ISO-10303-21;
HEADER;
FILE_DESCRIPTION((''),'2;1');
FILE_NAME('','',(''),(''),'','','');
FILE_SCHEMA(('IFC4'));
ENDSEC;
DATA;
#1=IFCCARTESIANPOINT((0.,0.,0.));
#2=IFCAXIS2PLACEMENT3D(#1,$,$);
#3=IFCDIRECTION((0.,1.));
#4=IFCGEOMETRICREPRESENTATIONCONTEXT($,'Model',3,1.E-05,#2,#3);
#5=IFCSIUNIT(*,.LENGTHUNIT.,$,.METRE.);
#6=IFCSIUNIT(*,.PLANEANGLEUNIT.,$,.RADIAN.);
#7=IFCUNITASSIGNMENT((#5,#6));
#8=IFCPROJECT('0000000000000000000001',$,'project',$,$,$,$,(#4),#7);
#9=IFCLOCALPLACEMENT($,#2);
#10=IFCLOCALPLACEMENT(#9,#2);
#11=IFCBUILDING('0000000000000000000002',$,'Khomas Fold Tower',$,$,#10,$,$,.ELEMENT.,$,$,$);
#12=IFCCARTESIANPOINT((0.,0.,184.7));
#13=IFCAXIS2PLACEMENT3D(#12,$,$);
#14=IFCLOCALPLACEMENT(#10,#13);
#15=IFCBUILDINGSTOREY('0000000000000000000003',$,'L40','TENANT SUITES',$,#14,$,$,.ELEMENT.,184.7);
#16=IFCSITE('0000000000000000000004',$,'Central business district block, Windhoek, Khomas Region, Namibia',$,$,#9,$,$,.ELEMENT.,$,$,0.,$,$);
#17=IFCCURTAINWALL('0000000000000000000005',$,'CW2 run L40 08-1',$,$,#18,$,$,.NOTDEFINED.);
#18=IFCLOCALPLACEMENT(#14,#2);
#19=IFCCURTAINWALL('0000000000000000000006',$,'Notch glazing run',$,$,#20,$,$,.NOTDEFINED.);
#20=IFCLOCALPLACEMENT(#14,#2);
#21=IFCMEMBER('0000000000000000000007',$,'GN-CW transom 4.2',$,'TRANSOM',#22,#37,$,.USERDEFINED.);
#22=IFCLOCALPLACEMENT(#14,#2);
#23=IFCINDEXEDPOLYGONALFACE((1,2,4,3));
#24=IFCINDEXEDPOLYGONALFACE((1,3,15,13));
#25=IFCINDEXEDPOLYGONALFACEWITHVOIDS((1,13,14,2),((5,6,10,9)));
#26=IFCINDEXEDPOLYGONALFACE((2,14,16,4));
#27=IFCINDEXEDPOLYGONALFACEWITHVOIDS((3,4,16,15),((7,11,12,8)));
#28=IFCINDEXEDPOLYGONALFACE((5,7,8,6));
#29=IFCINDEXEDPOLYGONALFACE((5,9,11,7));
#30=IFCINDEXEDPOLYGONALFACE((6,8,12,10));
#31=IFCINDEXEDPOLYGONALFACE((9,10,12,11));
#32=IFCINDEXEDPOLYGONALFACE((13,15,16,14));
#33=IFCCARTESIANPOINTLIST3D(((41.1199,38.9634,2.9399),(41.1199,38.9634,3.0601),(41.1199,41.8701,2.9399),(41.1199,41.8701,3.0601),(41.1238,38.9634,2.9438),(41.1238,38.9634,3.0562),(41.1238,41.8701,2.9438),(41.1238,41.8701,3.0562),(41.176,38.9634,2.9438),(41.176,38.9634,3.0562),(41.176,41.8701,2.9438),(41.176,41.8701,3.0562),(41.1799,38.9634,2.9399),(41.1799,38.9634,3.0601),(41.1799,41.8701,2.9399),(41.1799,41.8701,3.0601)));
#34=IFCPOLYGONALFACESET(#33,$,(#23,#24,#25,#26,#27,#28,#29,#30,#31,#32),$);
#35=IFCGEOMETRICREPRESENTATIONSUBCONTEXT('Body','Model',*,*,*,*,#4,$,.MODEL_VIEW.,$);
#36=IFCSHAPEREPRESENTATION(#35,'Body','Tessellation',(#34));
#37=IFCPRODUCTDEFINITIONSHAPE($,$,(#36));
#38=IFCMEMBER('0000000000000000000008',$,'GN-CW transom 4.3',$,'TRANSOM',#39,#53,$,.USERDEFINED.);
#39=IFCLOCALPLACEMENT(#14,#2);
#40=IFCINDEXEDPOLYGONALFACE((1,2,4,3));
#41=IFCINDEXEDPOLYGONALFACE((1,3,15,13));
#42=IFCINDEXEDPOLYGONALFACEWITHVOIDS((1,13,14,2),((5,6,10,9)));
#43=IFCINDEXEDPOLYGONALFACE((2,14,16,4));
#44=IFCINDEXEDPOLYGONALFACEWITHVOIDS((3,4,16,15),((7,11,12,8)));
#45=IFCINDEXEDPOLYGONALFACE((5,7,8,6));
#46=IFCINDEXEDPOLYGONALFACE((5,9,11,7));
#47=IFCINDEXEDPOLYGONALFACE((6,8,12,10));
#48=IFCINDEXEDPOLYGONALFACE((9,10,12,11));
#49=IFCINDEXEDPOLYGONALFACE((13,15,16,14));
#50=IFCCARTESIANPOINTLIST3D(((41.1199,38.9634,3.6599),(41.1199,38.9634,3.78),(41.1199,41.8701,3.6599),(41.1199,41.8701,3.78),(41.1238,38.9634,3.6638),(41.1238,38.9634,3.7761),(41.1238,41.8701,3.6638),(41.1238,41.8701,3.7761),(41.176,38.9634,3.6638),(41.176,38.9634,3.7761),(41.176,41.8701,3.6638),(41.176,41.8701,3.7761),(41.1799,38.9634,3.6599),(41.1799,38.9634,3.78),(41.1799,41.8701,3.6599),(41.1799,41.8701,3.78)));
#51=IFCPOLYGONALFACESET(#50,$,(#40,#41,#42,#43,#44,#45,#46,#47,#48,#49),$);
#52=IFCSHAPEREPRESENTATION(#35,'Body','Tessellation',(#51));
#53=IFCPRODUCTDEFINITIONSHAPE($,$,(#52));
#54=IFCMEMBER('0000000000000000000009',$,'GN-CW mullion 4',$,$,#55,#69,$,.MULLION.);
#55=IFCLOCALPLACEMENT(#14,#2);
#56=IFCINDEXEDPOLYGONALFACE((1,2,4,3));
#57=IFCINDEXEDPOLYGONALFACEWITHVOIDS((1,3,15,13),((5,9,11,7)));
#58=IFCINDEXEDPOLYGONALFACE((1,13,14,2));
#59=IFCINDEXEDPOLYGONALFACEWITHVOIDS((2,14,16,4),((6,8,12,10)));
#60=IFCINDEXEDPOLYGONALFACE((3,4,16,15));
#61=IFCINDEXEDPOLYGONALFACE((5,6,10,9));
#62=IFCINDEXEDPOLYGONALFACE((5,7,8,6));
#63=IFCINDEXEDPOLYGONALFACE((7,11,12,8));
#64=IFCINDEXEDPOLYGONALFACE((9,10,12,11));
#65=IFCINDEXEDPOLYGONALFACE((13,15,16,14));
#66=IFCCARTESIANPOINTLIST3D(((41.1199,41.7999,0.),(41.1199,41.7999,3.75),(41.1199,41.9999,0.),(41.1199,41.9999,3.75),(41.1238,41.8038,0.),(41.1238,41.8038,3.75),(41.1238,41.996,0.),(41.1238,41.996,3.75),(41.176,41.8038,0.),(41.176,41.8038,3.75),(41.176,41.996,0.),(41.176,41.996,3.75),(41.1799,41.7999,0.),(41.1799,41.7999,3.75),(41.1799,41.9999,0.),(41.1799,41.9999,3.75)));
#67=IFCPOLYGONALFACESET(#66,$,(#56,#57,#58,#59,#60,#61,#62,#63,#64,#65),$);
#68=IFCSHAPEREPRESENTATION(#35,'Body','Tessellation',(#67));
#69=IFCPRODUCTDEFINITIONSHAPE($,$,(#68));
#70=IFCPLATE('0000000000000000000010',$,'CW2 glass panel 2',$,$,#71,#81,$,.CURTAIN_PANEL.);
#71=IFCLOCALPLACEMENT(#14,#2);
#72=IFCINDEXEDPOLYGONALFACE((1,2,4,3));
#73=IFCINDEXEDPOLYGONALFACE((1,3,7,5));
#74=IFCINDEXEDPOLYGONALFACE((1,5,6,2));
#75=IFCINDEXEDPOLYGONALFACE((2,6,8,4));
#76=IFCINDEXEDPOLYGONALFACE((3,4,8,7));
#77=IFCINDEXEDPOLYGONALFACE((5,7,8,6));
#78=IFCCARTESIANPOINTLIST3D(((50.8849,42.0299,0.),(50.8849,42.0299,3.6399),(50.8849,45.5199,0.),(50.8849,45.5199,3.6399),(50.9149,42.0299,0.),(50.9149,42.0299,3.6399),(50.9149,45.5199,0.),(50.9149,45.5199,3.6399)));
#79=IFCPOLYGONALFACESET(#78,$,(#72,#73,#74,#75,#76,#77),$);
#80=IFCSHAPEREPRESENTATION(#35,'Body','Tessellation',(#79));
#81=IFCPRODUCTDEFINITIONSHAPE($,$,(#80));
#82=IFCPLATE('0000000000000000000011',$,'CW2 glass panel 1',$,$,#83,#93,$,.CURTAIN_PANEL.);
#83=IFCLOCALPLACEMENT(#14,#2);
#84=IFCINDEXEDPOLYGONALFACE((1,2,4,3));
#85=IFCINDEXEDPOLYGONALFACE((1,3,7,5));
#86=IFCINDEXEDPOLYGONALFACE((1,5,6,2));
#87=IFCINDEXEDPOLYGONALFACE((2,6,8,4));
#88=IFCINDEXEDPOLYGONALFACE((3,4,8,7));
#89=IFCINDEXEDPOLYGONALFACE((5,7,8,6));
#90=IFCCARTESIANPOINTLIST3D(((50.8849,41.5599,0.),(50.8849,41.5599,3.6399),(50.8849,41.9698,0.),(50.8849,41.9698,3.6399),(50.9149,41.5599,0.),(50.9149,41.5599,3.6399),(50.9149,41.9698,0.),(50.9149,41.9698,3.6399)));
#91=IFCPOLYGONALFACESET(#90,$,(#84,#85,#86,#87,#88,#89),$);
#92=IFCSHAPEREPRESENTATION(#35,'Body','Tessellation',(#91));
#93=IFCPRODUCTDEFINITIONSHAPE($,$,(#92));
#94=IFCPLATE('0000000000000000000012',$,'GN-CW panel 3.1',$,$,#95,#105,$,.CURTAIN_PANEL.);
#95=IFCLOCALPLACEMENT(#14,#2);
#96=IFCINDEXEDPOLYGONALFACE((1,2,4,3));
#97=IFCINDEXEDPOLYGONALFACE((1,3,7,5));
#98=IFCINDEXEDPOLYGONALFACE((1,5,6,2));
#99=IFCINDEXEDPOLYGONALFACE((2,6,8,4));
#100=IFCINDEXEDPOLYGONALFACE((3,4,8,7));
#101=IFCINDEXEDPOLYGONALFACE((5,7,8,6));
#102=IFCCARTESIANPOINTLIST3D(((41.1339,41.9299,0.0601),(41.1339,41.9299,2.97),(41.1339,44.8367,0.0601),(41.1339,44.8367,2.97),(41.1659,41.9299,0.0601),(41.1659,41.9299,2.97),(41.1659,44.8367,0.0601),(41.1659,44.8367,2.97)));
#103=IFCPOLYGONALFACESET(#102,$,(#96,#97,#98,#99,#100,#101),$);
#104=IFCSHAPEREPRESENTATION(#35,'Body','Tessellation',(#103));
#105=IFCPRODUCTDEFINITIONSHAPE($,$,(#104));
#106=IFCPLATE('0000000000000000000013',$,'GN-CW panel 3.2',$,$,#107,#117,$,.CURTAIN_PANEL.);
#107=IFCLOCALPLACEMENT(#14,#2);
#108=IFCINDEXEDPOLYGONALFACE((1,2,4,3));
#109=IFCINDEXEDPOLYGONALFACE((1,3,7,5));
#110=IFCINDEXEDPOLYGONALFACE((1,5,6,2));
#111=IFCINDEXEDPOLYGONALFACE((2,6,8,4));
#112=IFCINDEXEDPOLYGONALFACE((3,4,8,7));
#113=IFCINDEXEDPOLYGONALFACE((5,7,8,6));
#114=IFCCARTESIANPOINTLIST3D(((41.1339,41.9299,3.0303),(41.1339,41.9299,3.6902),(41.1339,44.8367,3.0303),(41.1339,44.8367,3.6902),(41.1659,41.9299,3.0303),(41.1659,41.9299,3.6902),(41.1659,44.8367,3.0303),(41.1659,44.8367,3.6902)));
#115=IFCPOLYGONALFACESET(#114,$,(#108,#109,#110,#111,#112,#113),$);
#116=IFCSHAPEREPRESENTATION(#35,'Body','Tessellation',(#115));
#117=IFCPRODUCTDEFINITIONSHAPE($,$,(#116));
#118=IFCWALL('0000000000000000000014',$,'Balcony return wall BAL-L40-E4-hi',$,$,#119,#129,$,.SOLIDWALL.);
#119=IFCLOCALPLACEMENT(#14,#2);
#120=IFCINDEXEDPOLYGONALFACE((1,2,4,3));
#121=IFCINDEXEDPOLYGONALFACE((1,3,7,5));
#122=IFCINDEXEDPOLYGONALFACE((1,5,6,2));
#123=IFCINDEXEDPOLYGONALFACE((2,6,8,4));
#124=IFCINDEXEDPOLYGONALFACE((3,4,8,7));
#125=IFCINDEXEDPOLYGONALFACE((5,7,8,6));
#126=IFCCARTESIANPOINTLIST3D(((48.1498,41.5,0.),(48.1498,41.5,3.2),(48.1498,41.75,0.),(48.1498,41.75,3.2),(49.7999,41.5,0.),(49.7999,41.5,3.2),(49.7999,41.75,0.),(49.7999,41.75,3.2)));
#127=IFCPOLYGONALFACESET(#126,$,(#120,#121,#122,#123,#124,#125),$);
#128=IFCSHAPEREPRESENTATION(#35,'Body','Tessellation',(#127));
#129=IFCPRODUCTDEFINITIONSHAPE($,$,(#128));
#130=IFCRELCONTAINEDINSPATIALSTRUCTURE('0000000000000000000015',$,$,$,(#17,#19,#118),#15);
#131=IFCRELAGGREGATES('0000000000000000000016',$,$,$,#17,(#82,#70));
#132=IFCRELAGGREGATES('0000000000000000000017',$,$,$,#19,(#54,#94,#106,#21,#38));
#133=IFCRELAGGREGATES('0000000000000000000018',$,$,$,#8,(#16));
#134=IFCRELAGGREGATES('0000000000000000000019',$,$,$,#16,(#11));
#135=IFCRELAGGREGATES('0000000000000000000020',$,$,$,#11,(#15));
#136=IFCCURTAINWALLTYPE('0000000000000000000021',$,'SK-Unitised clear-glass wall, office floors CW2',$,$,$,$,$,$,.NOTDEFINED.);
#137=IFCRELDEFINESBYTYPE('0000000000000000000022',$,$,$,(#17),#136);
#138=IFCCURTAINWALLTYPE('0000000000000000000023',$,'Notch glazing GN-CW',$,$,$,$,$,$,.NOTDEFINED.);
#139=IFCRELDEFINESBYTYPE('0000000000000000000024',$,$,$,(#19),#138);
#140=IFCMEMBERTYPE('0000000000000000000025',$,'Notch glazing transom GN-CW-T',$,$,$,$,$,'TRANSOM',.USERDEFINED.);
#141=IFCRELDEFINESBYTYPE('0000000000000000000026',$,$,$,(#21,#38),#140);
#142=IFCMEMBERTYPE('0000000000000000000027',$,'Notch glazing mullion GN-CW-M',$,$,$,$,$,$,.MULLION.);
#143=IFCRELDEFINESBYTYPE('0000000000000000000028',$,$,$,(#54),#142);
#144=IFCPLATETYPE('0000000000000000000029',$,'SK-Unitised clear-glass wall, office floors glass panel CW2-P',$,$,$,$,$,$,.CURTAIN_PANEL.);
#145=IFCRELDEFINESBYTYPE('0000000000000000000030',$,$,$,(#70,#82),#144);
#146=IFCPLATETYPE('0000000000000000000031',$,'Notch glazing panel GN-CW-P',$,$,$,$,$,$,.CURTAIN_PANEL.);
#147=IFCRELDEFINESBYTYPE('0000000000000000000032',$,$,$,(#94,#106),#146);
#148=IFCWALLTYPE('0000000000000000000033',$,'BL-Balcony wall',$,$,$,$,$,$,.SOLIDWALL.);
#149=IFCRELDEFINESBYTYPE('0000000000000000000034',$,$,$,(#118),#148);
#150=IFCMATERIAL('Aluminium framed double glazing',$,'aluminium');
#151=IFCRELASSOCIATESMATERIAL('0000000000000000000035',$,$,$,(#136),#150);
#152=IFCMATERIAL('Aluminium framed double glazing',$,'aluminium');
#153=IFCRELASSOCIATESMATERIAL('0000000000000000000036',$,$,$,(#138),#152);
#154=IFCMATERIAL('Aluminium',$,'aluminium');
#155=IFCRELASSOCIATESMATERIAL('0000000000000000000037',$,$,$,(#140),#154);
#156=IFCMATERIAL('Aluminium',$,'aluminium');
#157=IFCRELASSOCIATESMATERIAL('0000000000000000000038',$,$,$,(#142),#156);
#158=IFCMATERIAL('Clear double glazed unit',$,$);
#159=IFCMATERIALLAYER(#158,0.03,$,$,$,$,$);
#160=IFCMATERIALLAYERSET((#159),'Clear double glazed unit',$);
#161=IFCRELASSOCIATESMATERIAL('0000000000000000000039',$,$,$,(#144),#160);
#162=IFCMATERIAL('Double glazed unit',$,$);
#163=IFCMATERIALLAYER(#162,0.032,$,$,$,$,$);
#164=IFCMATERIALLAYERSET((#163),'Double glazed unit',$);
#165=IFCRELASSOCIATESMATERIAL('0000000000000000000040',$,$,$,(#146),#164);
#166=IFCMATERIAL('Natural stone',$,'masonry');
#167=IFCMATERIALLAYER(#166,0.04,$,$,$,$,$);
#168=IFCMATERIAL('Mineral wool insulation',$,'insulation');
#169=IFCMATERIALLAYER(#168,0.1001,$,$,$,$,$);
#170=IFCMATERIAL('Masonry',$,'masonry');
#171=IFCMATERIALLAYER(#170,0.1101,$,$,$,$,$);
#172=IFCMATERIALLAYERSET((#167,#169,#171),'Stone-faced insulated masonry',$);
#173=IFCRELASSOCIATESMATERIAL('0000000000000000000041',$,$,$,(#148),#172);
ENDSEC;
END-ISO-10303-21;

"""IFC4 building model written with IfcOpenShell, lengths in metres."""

from ifc_helpers import new_model, si_unit, direction, frame, frame_2d, origin, origin_2d, place, context, subcontext, project, spatial, rectangle, hollow_rectangle, extrude, source, transform, mapped, material, layer, layer_set, material_profile, profile_set, type_object, element, aggregate, save


model = new_model("IFC4")

# Units and contexts
model_context = context("Model", 3, precision=1e-05, world=origin(), true_north=direction((0.0, 1.0)))
body_context = subcontext(model_context, "Body", "Model", "MODEL_VIEW")
ifc_project = project(units=[si_unit("LENGTHUNIT", "METRE"), si_unit("PLANEANGLEUNIT", "RADIAN")], contexts=[model_context])

# Site, building, storey
site_placement = place(None, origin())
site = spatial("IfcSite", under=ifc_project, at=site_placement, Name="Central business district block, Windhoek, Khomas Region, Namibia", CompositionType="ELEMENT", RefElevation=0.0)
building_placement = place(site_placement, origin())
building = spatial("IfcBuilding", under=site, at=building_placement, Name="Khomas Fold Tower", CompositionType="ELEMENT")
storey_placement = place(building_placement, frame((0.0, 0.0, 184.7)))
storey = spatial("IfcBuildingStorey", under=building, at=storey_placement, Name="L40", Description="TENANT SUITES", CompositionType="ELEMENT", Elevation=184.7)

# Curtain walls, members
ifc_material_1 = material(Name="Aluminium framed double glazing", Category="aluminium")
curtain_wall_type_1 = type_object("IfcCurtainWallType", Name="SK-Unitised clear-glass wall, office floors CW2", PredefinedType="NOTDEFINED", material=ifc_material_1)
curtain_wall_1_placement = place(storey_placement, origin())
curtain_wall_1 = element("IfcCurtainWall", 1, at=curtain_wall_1_placement, inside=storey, type_object=curtain_wall_type_1, Name="CW2 run L40 08-1", PredefinedType="NOTDEFINED")
ifc_material_2 = material(Name="Aluminium framed double glazing", Category="aluminium")
curtain_wall_type_2 = type_object("IfcCurtainWallType", Name="Notch glazing GN-CW", PredefinedType="NOTDEFINED", material=ifc_material_2)
curtain_wall_2_placement = place(storey_placement, origin())
curtain_wall_2 = element("IfcCurtainWall", 2, at=curtain_wall_2_placement, inside=storey, type_object=curtain_wall_type_2, Name="Notch glazing run", PredefinedType="NOTDEFINED")
ifc_material_3 = material(Name="Aluminium", Category="aluminium")
ifc_material_profile_1 = material_profile(ifc_material_3, hollow_rectangle(XDim=0.0601, YDim=0.1201, WallThickness=0.0039, at=origin_2d()), Name="Notch glazing transom GN-CW-T")
ifc_profile_set_1 = profile_set([ifc_material_profile_1], Name="Aluminium")
member_type_1 = type_object("IfcMemberType", Name="Notch glazing transom GN-CW-T", ElementType="TRANSOM", PredefinedType="USERDEFINED", material=ifc_profile_set_1)
shared_shape_1 = source(origin(), body_context, "Body", "SweptSolid", [
    extrude(hollow_rectangle(XDim=0.0601, YDim=0.1201, WallThickness=0.0039, at=origin_2d()), origin(), (0.0, 0.0, 1.0), 2.9067),
])
member_1_placement = place(storey_placement, frame((41.1499, 41.8701, 3.0), z_axis=(0.0, -1.0, 0.0), x_axis=(1.0, 0.0, 0.0)))
member_1 = element("IfcMember", 3, at=member_1_placement, type_object=member_type_1, Name="GN-CW transom 4.2", ObjectType="TRANSOM", PredefinedType="USERDEFINED", context=body_context, shape_type="MappedRepresentation", body=[
    mapped(shared_shape_1, transform((0.0, 0.0, 0.0))),
])
member_2_placement = place(storey_placement, frame((41.1499, 41.8701, 3.72), z_axis=(0.0, -1.0, 0.0), x_axis=(1.0, 0.0, 0.0)))
member_2 = element("IfcMember", 4, at=member_2_placement, type_object=member_type_1, Name="GN-CW transom 4.3", ObjectType="TRANSOM", PredefinedType="USERDEFINED", context=body_context, shape_type="MappedRepresentation", body=[
    mapped(shared_shape_1, transform((0.0, 0.0, 0.0))),
])
ifc_material_4 = material(Name="Aluminium", Category="aluminium")
ifc_material_profile_2 = material_profile(ifc_material_4, hollow_rectangle(XDim=0.0601, YDim=0.2, WallThickness=0.0039, at=origin_2d()), Name="Notch glazing mullion GN-CW-M")
ifc_profile_set_2 = profile_set([ifc_material_profile_2], Name="Aluminium")
member_type_2 = type_object("IfcMemberType", Name="Notch glazing mullion GN-CW-M", PredefinedType="MULLION", material=ifc_profile_set_2)
shared_shape_2 = source(origin(), body_context, "Body", "SweptSolid", [
    extrude(hollow_rectangle(XDim=0.0601, YDim=0.2, WallThickness=0.0039, at=origin_2d()), origin(), (0.0, 0.0, 1.0), 3.75),
])
member_3_placement = place(storey_placement, frame((41.1499, 41.8999, 0.0), z_axis=(0.0, 0.0, 1.0), x_axis=(1.0, 0.0, 0.0)))
member_3 = element("IfcMember", 5, at=member_3_placement, type_object=member_type_2, Name="GN-CW mullion 4", PredefinedType="MULLION", context=body_context, shape_type="MappedRepresentation", body=[
    mapped(shared_shape_2, transform((0.0, 0.0, 0.0))),
])

# Plates
ifc_material_5 = material(Name="Clear double glazed unit")
ifc_layer_1 = layer(ifc_material_5, 0.03)
ifc_layer_set_1 = layer_set([ifc_layer_1], Name="Clear double glazed unit")
plate_type_1 = type_object("IfcPlateType", Name="SK-Unitised clear-glass wall, office floors glass panel CW2-P", PredefinedType="CURTAIN_PANEL", material=ifc_layer_set_1)
shared_shape_3 = source(origin(), body_context, "Body", "SweptSolid", [
    extrude(rectangle(XDim=3.49, YDim=0.03, at=origin_2d()), origin(), (0.0, 0.0, 1.0), 3.6399),
])
plate_1_placement = place(storey_placement, frame((50.8999, 43.7749, 0.0), z_axis=(0.0, 0.0, 1.0), x_axis=(0.0, 1.0, 0.0)))
plate_1 = element("IfcPlate", 6, at=plate_1_placement, type_object=plate_type_1, Name="CW2 glass panel 2", PredefinedType="CURTAIN_PANEL", context=body_context, shape_type="MappedRepresentation", body=[
    mapped(shared_shape_3, transform((0.0, 0.0, 0.0))),
])
shared_shape_4 = source(origin(), body_context, "Body", "SweptSolid", [
    extrude(rectangle(XDim=0.4099, YDim=0.03, at=origin_2d()), origin(), (0.0, 0.0, 1.0), 3.6399),
])
plate_2_placement = place(storey_placement, frame((50.8999, 41.7649, 0.0), z_axis=(0.0, 0.0, 1.0), x_axis=(0.0, 1.0, 0.0)))
plate_2 = element("IfcPlate", 7, at=plate_2_placement, type_object=plate_type_1, Name="CW2 glass panel 1", PredefinedType="CURTAIN_PANEL", context=body_context, shape_type="MappedRepresentation", body=[
    mapped(shared_shape_4, transform((0.0, 0.0, 0.0))),
])
aggregate(curtain_wall_1, [plate_2, plate_1])
ifc_material_6 = material(Name="Double glazed unit")
ifc_layer_2 = layer(ifc_material_6, 0.032)
ifc_layer_set_2 = layer_set([ifc_layer_2], Name="Double glazed unit")
plate_type_2 = type_object("IfcPlateType", Name="Notch glazing panel GN-CW-P", PredefinedType="CURTAIN_PANEL", material=ifc_layer_set_2)
shared_shape_5 = source(origin(), body_context, "Body", "SweptSolid", [
    extrude(rectangle(XDim=2.9067, YDim=0.032, at=origin_2d()), origin(), (0.0, 0.0, 1.0), 2.9099),
])
plate_3_placement = place(storey_placement, frame((41.1499, 43.3833, 0.0601), z_axis=(0.0, 0.0, 1.0), x_axis=(0.0, -1.0, 0.0)))
plate_3 = element("IfcPlate", 8, at=plate_3_placement, type_object=plate_type_2, Name="GN-CW panel 3.1", PredefinedType="CURTAIN_PANEL", context=body_context, shape_type="MappedRepresentation", body=[
    mapped(shared_shape_5, transform((0.0, 0.0, 0.0))),
])
shared_shape_6 = source(origin(), body_context, "Body", "SweptSolid", [
    extrude(rectangle(XDim=2.9067, YDim=0.032, at=origin_2d()), origin(), (0.0, 0.0, 1.0), 0.6599),
])
plate_4_placement = place(storey_placement, frame((41.1499, 43.3833, 3.0303), z_axis=(0.0, 0.0, 1.0), x_axis=(0.0, -1.0, 0.0)))
plate_4 = element("IfcPlate", 9, at=plate_4_placement, type_object=plate_type_2, Name="GN-CW panel 3.2", PredefinedType="CURTAIN_PANEL", context=body_context, shape_type="MappedRepresentation", body=[
    mapped(shared_shape_6, transform((0.0, 0.0, 0.0))),
])
aggregate(curtain_wall_2, [member_3, plate_3, plate_4, member_1, member_2])

# Wall
ifc_material_7 = material(Name="Natural stone", Category="masonry")
ifc_layer_3 = layer(ifc_material_7, 0.04)
ifc_material_8 = material(Name="Mineral wool insulation", Category="insulation")
ifc_layer_4 = layer(ifc_material_8, 0.1001)
ifc_material_9 = material(Name="Masonry", Category="masonry")
ifc_layer_5 = layer(ifc_material_9, 0.1101)
ifc_layer_set_3 = layer_set([ifc_layer_3, ifc_layer_4, ifc_layer_5], Name="Stone-faced insulated masonry")
wall_type = type_object("IfcWallType", Name="BL-Balcony wall", PredefinedType="SOLIDWALL", material=ifc_layer_set_3)
shared_shape_7 = source(origin(), body_context, "Body", "SweptSolid", [
    extrude(rectangle(XDim=1.6501, YDim=0.25, at=frame_2d((0.8252, 0.0))), origin(), (0.0, 0.0, 1.0), 3.2),
])
wall_placement = place(storey_placement, frame((49.8, 41.625, 0.0), z_axis=(0.0, 0.0, 1.0), x_axis=(-1.0, 0.0, 0.0)))
element("IfcWall", 10, at=wall_placement, inside=storey, type_object=wall_type, Name="Balcony return wall BAL-L40-E4-hi", PredefinedType="SOLIDWALL", context=body_context, shape_type="MappedRepresentation", body=[
    mapped(shared_shape_7, transform((0.0, 0.0, 0.0))),
])

save(model, "model.ifc")
